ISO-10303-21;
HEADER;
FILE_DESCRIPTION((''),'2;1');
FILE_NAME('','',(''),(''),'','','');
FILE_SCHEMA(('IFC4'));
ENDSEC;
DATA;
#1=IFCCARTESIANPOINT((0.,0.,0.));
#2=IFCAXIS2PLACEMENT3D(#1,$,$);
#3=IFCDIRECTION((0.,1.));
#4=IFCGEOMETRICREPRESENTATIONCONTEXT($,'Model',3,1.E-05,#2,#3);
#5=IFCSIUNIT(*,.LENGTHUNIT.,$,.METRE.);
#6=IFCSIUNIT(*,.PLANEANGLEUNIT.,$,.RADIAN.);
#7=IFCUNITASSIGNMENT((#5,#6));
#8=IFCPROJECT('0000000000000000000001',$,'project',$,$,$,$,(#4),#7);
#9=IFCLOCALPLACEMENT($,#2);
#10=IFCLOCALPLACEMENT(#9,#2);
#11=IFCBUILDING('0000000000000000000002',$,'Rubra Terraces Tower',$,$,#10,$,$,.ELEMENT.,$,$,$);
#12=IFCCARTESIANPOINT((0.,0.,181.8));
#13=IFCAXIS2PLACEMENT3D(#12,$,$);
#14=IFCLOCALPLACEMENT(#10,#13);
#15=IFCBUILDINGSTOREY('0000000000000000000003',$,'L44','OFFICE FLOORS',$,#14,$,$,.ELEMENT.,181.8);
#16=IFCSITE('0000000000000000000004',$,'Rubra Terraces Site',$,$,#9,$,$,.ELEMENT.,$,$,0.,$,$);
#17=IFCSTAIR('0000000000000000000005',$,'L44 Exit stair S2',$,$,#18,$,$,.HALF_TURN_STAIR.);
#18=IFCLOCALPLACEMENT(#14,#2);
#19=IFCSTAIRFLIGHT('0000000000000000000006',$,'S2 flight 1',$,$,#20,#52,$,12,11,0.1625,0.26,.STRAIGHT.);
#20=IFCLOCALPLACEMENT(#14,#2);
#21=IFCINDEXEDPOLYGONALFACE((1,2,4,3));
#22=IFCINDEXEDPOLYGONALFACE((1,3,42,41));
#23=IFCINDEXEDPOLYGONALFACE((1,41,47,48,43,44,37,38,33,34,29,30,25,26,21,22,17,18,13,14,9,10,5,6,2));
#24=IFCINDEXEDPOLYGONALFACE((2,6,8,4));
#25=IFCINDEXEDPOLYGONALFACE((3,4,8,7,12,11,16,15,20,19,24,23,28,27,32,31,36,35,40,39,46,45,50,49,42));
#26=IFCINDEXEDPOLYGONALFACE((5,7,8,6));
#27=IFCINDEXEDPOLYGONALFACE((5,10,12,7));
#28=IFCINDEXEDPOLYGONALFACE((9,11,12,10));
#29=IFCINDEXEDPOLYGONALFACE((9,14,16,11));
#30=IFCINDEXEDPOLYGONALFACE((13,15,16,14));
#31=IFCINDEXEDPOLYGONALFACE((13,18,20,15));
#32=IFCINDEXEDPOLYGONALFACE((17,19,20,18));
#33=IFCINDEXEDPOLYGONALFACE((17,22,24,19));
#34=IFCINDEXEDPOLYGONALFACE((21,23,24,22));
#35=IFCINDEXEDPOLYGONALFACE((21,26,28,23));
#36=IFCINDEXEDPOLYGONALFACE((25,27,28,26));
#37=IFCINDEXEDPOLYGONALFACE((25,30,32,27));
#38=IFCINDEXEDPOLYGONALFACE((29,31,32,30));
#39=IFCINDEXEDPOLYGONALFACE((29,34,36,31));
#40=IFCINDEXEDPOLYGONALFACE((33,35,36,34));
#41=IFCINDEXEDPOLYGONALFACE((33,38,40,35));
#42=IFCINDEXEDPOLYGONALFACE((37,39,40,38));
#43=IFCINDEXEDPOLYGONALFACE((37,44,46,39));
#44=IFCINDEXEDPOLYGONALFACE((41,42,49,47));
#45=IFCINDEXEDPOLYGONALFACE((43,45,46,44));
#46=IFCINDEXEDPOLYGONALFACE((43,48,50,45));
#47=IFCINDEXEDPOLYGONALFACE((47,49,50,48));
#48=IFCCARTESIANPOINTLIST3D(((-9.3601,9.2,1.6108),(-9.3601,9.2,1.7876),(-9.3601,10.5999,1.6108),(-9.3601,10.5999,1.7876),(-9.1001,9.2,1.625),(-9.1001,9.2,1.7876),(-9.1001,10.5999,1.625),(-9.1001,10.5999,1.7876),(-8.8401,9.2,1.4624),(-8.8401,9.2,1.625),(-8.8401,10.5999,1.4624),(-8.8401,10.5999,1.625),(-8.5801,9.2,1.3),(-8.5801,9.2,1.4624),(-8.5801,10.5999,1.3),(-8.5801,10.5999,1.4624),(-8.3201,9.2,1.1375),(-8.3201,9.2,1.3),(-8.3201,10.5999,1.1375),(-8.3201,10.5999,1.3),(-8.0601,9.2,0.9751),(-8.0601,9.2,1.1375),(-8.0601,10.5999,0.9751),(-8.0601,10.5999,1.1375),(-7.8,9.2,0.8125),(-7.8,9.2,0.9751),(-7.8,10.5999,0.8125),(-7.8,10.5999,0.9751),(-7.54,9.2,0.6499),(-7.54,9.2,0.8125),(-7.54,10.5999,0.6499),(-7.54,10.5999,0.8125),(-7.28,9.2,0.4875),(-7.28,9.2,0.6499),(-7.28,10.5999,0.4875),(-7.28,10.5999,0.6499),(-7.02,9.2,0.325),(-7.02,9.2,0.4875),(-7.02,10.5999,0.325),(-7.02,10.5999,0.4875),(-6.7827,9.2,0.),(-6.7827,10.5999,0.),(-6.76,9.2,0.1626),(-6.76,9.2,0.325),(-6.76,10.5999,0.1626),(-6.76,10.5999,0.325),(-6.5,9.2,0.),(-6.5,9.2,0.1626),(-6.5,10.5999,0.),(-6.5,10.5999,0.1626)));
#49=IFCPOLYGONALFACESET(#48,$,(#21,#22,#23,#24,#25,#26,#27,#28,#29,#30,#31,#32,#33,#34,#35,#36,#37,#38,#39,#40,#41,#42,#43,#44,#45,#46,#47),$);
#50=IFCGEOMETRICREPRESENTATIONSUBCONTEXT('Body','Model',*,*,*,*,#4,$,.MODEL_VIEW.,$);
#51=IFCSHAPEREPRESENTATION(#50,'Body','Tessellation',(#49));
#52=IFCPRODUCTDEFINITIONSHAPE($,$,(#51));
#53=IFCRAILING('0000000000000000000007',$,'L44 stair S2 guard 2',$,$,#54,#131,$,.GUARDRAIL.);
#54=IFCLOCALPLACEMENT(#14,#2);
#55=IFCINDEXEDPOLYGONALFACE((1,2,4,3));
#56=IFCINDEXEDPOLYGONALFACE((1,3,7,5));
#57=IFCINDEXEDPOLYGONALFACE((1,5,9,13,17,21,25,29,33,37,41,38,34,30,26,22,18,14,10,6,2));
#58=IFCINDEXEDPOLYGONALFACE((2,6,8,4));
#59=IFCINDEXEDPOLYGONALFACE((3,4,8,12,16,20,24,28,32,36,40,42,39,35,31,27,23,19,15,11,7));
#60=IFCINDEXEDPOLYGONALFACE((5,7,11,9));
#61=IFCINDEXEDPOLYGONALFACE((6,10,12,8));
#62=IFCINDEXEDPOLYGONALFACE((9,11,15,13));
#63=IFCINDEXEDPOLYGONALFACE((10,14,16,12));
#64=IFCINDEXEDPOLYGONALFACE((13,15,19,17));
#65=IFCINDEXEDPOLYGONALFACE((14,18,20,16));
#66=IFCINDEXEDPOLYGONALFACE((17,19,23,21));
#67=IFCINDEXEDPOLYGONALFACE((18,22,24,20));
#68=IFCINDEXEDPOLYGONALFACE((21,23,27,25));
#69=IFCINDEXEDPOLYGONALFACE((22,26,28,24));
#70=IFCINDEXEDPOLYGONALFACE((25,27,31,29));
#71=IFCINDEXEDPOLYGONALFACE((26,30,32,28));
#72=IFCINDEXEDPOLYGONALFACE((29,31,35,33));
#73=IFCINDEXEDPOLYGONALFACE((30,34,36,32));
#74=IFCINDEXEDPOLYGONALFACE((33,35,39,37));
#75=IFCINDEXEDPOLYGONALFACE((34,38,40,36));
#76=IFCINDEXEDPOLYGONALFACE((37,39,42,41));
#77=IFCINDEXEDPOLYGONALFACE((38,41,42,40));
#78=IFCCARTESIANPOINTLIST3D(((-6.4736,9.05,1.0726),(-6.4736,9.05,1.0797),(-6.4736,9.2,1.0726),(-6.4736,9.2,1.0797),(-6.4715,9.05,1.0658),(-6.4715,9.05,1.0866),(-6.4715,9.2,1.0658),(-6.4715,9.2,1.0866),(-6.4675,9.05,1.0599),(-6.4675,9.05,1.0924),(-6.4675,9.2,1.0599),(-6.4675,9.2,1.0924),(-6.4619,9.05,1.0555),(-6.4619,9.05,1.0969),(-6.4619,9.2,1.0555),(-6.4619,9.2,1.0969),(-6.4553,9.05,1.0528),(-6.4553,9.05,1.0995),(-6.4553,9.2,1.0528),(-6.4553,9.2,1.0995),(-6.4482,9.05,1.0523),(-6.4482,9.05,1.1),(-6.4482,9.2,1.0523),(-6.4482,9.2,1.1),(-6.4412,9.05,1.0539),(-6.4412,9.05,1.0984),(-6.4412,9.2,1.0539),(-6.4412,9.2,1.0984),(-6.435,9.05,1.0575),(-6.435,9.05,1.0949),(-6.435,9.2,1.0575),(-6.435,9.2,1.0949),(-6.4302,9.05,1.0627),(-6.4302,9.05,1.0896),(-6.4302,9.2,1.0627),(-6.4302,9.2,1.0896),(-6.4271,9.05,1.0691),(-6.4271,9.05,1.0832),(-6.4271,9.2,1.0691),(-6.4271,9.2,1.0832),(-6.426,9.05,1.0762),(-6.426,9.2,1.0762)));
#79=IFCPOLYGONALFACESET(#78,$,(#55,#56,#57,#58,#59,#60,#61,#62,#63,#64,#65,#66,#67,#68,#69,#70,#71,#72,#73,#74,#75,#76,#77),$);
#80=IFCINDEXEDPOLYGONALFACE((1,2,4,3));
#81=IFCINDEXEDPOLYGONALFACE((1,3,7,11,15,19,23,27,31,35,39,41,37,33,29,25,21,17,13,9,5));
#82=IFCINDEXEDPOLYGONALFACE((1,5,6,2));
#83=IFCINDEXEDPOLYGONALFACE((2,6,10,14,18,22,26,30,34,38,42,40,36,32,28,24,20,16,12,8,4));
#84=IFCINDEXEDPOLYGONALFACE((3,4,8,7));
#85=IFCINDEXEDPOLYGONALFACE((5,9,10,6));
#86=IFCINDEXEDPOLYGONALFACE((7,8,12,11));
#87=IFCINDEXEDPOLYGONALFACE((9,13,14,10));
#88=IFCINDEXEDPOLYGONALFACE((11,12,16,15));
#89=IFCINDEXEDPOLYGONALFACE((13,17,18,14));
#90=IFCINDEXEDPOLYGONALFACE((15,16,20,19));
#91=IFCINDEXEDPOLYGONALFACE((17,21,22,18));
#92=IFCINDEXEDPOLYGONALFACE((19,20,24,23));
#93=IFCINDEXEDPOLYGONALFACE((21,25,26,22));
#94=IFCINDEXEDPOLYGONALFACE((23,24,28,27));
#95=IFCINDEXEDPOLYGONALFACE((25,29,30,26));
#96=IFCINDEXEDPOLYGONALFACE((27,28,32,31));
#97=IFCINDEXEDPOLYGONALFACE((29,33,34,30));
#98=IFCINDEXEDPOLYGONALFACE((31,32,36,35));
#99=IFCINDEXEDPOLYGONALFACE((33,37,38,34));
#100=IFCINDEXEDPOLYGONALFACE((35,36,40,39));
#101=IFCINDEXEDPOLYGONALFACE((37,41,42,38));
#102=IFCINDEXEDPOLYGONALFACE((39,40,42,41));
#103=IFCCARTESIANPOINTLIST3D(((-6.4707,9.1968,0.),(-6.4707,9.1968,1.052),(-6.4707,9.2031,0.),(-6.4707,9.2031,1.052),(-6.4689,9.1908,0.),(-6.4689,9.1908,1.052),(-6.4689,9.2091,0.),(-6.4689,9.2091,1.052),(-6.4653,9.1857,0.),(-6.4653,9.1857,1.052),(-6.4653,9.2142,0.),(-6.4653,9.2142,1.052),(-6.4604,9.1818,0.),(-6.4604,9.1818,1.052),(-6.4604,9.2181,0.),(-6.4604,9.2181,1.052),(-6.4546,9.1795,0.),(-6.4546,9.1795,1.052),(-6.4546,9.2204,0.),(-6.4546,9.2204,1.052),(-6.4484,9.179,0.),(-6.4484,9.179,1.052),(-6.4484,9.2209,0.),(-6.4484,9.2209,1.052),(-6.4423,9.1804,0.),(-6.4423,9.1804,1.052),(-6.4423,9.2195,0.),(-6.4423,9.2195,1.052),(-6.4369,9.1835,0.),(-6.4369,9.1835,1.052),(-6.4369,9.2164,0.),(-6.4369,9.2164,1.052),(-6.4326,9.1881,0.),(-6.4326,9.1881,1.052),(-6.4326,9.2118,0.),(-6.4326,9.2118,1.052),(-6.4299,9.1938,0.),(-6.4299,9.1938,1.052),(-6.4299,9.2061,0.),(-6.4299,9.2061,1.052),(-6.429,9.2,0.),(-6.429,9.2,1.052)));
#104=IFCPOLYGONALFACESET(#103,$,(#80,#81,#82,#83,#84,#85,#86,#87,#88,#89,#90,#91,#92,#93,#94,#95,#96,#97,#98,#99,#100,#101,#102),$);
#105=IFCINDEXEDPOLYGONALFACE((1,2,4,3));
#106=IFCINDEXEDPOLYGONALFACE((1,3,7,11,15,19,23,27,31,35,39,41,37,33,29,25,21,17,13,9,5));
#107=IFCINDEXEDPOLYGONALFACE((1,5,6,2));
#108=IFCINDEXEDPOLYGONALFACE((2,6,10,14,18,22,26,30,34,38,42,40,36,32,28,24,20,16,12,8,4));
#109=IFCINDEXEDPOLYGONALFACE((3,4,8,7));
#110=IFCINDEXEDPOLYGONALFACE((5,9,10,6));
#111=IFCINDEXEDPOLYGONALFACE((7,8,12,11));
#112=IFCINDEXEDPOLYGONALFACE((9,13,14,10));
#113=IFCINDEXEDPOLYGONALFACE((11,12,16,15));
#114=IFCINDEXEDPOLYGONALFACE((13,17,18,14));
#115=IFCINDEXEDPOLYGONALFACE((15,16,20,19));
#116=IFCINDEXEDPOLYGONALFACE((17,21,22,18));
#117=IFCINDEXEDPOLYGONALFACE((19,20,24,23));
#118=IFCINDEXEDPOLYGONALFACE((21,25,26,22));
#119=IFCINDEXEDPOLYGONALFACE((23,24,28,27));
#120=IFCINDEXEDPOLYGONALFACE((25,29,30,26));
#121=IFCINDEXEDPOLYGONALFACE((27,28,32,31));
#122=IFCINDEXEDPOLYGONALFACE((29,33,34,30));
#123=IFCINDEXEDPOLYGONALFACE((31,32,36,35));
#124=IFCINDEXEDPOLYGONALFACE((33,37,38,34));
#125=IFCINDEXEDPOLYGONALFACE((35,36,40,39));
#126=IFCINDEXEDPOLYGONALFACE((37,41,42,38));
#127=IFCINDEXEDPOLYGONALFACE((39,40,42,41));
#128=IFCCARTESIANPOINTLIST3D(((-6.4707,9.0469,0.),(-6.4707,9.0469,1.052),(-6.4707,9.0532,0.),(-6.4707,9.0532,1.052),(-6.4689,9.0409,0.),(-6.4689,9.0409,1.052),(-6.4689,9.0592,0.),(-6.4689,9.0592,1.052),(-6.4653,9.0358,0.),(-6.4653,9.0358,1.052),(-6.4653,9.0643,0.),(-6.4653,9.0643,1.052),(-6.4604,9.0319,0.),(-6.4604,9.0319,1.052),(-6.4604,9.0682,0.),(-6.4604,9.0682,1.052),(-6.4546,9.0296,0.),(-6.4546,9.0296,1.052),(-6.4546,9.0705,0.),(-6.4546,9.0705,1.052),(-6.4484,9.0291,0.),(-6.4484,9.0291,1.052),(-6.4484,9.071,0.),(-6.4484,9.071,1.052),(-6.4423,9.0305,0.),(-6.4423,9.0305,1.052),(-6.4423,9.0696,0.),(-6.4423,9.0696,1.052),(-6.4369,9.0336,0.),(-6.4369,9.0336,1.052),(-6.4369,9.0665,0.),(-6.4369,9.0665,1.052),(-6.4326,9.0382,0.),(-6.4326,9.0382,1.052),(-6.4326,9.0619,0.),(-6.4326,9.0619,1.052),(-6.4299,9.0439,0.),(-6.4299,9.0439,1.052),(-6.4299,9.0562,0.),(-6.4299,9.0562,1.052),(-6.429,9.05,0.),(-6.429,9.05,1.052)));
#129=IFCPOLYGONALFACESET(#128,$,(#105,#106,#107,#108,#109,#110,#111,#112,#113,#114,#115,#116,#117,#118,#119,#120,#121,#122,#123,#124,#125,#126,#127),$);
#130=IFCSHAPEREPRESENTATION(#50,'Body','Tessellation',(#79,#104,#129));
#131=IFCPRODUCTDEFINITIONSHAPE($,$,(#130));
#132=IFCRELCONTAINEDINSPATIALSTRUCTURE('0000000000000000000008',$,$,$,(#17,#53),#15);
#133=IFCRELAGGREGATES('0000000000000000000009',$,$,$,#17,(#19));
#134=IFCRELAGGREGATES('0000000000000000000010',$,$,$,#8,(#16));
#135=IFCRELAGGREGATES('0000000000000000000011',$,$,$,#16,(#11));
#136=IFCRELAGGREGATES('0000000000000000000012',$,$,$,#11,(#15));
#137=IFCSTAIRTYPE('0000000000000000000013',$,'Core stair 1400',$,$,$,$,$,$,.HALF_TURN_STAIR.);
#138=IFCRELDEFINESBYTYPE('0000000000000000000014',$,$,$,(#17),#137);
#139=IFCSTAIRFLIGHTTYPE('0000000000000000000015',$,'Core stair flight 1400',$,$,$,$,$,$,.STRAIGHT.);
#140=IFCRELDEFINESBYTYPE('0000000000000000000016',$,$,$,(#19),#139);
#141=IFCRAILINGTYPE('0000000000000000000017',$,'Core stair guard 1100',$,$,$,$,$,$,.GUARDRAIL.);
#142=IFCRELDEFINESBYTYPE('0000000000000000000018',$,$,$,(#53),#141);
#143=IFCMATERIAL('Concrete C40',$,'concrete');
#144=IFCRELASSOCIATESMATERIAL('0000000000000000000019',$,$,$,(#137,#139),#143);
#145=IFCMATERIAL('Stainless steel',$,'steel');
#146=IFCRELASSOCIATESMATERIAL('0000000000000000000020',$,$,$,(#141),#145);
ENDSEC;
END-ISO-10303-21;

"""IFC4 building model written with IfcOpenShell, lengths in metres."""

from ifc_helpers import new_model, si_unit, direction, frame, origin, origin_2d, place, context, subcontext, project, spatial, polyline, circle, outline, extrude, material, type_object, element, aggregate, save


model = new_model("IFC4")

# Units and contexts
model_context = context("Model", 3, precision=1e-05, world=origin(), true_north=direction((0.0, 1.0)))
body_context = subcontext(model_context, "Body", "Model", "MODEL_VIEW")
ifc_project = project(units=[si_unit("LENGTHUNIT", "METRE"), si_unit("PLANEANGLEUNIT", "RADIAN")], contexts=[model_context])

# Site, building, storey
site_placement = place(None, origin())
site = spatial("IfcSite", under=ifc_project, at=site_placement, Name="Rubra Terraces Site", CompositionType="ELEMENT", RefElevation=0.0)
building_placement = place(site_placement, origin())
building = spatial("IfcBuilding", under=site, at=building_placement, Name="Rubra Terraces Tower", CompositionType="ELEMENT")
storey_placement = place(building_placement, frame((0.0, 0.0, 181.8)))
storey = spatial("IfcBuildingStorey", under=building, at=storey_placement, Name="L44", Description="OFFICE FLOORS", CompositionType="ELEMENT", Elevation=181.8)

# Shared definitions
ifc_material_1 = material(Name="Stainless steel", Category="steel")

# Stair, stair flight
ifc_material_2 = material(Name="Concrete C40", Category="concrete")
stair_type = type_object("IfcStairType", Name="Core stair 1400", PredefinedType="HALF_TURN_STAIR", material=ifc_material_2)
stair_placement = place(storey_placement, origin())
stair = element("IfcStair", 1, at=stair_placement, inside=storey, type_object=stair_type, Name="L44 Exit stair S2", PredefinedType="HALF_TURN_STAIR")
stair_flight_type = type_object("IfcStairFlightType", Name="Core stair flight 1400", PredefinedType="STRAIGHT", material=ifc_material_2)
stair_flight_placement = place(storey_placement, frame((-6.5, 9.8999, 0.0), z_axis=(0.0, 0.0, 1.0), x_axis=(-1.0, 0.0, 0.0)))
stair_flight = element("IfcStairFlight", 2, at=stair_flight_placement, type_object=stair_flight_type, Name="S2 flight 1", NumberOfRisers=12, NumberOfTreads=11, PredefinedType="STRAIGHT", RiserHeight=0.1625, TreadLength=0.26, context=body_context, shape_type="SweptSolid", body=[
    extrude(outline(polyline([(0.0, 0.0), (0.0, 0.1626), (0.26, 0.1626), (0.26, 0.325), (0.52, 0.325), (0.52, 0.4875), (0.78, 0.4875), (0.78, 0.6499), (1.04, 0.6499), (1.04, 0.8125), (1.3, 0.8125), (1.3, 0.9751), (1.5601, 0.9751), (1.5601, 1.1375), (1.8201, 1.1375), (1.8201, 1.3), (2.0801, 1.3), (2.0801, 1.4624), (2.3401, 1.4624), (2.3401, 1.625), (2.6001, 1.625), (2.6001, 1.7876), (2.8601, 1.7876), (2.8601, 1.95), (2.8601, 1.6108), (0.2827, 0.0), (0.0, 0.0)])), frame((0.0, 0.7, 0.0), z_axis=(0.0, -1.0, 0.0), x_axis=(1.0, 0.0, 0.0)), (0.0, 0.0, 1.0), 1.3999),
])
aggregate(stair, [stair_flight])

# Railing
railing_type = type_object("IfcRailingType", Name="Core stair guard 1100", PredefinedType="GUARDRAIL", material=ifc_material_1)
railing_placement = place(storey_placement, frame((-6.45, 9.2, 0.0)))
element("IfcRailing", 3, at=railing_placement, inside=storey, type_object=railing_type, Name="L44 stair S2 guard 2", PredefinedType="GUARDRAIL", context=body_context, shape_type="SweptSolid", body=[
    extrude(circle(Radius=0.0239, at=origin_2d()), frame((0.0, 0.0, 1.0762), z_axis=(0.0, -1.0, 0.0), x_axis=(1.0, 0.0, 0.0)), (0.0, 0.0, 1.0), 0.1499),
    extrude(circle(Radius=0.021, at=origin_2d()), origin(), (0.0, 0.0, 1.0), 1.052),
    extrude(circle(Radius=0.021, at=origin_2d()), frame((0.0, -0.1499, 0.0)), (0.0, 0.0, 1.0), 1.052),
])

save(model, "model.ifc")
